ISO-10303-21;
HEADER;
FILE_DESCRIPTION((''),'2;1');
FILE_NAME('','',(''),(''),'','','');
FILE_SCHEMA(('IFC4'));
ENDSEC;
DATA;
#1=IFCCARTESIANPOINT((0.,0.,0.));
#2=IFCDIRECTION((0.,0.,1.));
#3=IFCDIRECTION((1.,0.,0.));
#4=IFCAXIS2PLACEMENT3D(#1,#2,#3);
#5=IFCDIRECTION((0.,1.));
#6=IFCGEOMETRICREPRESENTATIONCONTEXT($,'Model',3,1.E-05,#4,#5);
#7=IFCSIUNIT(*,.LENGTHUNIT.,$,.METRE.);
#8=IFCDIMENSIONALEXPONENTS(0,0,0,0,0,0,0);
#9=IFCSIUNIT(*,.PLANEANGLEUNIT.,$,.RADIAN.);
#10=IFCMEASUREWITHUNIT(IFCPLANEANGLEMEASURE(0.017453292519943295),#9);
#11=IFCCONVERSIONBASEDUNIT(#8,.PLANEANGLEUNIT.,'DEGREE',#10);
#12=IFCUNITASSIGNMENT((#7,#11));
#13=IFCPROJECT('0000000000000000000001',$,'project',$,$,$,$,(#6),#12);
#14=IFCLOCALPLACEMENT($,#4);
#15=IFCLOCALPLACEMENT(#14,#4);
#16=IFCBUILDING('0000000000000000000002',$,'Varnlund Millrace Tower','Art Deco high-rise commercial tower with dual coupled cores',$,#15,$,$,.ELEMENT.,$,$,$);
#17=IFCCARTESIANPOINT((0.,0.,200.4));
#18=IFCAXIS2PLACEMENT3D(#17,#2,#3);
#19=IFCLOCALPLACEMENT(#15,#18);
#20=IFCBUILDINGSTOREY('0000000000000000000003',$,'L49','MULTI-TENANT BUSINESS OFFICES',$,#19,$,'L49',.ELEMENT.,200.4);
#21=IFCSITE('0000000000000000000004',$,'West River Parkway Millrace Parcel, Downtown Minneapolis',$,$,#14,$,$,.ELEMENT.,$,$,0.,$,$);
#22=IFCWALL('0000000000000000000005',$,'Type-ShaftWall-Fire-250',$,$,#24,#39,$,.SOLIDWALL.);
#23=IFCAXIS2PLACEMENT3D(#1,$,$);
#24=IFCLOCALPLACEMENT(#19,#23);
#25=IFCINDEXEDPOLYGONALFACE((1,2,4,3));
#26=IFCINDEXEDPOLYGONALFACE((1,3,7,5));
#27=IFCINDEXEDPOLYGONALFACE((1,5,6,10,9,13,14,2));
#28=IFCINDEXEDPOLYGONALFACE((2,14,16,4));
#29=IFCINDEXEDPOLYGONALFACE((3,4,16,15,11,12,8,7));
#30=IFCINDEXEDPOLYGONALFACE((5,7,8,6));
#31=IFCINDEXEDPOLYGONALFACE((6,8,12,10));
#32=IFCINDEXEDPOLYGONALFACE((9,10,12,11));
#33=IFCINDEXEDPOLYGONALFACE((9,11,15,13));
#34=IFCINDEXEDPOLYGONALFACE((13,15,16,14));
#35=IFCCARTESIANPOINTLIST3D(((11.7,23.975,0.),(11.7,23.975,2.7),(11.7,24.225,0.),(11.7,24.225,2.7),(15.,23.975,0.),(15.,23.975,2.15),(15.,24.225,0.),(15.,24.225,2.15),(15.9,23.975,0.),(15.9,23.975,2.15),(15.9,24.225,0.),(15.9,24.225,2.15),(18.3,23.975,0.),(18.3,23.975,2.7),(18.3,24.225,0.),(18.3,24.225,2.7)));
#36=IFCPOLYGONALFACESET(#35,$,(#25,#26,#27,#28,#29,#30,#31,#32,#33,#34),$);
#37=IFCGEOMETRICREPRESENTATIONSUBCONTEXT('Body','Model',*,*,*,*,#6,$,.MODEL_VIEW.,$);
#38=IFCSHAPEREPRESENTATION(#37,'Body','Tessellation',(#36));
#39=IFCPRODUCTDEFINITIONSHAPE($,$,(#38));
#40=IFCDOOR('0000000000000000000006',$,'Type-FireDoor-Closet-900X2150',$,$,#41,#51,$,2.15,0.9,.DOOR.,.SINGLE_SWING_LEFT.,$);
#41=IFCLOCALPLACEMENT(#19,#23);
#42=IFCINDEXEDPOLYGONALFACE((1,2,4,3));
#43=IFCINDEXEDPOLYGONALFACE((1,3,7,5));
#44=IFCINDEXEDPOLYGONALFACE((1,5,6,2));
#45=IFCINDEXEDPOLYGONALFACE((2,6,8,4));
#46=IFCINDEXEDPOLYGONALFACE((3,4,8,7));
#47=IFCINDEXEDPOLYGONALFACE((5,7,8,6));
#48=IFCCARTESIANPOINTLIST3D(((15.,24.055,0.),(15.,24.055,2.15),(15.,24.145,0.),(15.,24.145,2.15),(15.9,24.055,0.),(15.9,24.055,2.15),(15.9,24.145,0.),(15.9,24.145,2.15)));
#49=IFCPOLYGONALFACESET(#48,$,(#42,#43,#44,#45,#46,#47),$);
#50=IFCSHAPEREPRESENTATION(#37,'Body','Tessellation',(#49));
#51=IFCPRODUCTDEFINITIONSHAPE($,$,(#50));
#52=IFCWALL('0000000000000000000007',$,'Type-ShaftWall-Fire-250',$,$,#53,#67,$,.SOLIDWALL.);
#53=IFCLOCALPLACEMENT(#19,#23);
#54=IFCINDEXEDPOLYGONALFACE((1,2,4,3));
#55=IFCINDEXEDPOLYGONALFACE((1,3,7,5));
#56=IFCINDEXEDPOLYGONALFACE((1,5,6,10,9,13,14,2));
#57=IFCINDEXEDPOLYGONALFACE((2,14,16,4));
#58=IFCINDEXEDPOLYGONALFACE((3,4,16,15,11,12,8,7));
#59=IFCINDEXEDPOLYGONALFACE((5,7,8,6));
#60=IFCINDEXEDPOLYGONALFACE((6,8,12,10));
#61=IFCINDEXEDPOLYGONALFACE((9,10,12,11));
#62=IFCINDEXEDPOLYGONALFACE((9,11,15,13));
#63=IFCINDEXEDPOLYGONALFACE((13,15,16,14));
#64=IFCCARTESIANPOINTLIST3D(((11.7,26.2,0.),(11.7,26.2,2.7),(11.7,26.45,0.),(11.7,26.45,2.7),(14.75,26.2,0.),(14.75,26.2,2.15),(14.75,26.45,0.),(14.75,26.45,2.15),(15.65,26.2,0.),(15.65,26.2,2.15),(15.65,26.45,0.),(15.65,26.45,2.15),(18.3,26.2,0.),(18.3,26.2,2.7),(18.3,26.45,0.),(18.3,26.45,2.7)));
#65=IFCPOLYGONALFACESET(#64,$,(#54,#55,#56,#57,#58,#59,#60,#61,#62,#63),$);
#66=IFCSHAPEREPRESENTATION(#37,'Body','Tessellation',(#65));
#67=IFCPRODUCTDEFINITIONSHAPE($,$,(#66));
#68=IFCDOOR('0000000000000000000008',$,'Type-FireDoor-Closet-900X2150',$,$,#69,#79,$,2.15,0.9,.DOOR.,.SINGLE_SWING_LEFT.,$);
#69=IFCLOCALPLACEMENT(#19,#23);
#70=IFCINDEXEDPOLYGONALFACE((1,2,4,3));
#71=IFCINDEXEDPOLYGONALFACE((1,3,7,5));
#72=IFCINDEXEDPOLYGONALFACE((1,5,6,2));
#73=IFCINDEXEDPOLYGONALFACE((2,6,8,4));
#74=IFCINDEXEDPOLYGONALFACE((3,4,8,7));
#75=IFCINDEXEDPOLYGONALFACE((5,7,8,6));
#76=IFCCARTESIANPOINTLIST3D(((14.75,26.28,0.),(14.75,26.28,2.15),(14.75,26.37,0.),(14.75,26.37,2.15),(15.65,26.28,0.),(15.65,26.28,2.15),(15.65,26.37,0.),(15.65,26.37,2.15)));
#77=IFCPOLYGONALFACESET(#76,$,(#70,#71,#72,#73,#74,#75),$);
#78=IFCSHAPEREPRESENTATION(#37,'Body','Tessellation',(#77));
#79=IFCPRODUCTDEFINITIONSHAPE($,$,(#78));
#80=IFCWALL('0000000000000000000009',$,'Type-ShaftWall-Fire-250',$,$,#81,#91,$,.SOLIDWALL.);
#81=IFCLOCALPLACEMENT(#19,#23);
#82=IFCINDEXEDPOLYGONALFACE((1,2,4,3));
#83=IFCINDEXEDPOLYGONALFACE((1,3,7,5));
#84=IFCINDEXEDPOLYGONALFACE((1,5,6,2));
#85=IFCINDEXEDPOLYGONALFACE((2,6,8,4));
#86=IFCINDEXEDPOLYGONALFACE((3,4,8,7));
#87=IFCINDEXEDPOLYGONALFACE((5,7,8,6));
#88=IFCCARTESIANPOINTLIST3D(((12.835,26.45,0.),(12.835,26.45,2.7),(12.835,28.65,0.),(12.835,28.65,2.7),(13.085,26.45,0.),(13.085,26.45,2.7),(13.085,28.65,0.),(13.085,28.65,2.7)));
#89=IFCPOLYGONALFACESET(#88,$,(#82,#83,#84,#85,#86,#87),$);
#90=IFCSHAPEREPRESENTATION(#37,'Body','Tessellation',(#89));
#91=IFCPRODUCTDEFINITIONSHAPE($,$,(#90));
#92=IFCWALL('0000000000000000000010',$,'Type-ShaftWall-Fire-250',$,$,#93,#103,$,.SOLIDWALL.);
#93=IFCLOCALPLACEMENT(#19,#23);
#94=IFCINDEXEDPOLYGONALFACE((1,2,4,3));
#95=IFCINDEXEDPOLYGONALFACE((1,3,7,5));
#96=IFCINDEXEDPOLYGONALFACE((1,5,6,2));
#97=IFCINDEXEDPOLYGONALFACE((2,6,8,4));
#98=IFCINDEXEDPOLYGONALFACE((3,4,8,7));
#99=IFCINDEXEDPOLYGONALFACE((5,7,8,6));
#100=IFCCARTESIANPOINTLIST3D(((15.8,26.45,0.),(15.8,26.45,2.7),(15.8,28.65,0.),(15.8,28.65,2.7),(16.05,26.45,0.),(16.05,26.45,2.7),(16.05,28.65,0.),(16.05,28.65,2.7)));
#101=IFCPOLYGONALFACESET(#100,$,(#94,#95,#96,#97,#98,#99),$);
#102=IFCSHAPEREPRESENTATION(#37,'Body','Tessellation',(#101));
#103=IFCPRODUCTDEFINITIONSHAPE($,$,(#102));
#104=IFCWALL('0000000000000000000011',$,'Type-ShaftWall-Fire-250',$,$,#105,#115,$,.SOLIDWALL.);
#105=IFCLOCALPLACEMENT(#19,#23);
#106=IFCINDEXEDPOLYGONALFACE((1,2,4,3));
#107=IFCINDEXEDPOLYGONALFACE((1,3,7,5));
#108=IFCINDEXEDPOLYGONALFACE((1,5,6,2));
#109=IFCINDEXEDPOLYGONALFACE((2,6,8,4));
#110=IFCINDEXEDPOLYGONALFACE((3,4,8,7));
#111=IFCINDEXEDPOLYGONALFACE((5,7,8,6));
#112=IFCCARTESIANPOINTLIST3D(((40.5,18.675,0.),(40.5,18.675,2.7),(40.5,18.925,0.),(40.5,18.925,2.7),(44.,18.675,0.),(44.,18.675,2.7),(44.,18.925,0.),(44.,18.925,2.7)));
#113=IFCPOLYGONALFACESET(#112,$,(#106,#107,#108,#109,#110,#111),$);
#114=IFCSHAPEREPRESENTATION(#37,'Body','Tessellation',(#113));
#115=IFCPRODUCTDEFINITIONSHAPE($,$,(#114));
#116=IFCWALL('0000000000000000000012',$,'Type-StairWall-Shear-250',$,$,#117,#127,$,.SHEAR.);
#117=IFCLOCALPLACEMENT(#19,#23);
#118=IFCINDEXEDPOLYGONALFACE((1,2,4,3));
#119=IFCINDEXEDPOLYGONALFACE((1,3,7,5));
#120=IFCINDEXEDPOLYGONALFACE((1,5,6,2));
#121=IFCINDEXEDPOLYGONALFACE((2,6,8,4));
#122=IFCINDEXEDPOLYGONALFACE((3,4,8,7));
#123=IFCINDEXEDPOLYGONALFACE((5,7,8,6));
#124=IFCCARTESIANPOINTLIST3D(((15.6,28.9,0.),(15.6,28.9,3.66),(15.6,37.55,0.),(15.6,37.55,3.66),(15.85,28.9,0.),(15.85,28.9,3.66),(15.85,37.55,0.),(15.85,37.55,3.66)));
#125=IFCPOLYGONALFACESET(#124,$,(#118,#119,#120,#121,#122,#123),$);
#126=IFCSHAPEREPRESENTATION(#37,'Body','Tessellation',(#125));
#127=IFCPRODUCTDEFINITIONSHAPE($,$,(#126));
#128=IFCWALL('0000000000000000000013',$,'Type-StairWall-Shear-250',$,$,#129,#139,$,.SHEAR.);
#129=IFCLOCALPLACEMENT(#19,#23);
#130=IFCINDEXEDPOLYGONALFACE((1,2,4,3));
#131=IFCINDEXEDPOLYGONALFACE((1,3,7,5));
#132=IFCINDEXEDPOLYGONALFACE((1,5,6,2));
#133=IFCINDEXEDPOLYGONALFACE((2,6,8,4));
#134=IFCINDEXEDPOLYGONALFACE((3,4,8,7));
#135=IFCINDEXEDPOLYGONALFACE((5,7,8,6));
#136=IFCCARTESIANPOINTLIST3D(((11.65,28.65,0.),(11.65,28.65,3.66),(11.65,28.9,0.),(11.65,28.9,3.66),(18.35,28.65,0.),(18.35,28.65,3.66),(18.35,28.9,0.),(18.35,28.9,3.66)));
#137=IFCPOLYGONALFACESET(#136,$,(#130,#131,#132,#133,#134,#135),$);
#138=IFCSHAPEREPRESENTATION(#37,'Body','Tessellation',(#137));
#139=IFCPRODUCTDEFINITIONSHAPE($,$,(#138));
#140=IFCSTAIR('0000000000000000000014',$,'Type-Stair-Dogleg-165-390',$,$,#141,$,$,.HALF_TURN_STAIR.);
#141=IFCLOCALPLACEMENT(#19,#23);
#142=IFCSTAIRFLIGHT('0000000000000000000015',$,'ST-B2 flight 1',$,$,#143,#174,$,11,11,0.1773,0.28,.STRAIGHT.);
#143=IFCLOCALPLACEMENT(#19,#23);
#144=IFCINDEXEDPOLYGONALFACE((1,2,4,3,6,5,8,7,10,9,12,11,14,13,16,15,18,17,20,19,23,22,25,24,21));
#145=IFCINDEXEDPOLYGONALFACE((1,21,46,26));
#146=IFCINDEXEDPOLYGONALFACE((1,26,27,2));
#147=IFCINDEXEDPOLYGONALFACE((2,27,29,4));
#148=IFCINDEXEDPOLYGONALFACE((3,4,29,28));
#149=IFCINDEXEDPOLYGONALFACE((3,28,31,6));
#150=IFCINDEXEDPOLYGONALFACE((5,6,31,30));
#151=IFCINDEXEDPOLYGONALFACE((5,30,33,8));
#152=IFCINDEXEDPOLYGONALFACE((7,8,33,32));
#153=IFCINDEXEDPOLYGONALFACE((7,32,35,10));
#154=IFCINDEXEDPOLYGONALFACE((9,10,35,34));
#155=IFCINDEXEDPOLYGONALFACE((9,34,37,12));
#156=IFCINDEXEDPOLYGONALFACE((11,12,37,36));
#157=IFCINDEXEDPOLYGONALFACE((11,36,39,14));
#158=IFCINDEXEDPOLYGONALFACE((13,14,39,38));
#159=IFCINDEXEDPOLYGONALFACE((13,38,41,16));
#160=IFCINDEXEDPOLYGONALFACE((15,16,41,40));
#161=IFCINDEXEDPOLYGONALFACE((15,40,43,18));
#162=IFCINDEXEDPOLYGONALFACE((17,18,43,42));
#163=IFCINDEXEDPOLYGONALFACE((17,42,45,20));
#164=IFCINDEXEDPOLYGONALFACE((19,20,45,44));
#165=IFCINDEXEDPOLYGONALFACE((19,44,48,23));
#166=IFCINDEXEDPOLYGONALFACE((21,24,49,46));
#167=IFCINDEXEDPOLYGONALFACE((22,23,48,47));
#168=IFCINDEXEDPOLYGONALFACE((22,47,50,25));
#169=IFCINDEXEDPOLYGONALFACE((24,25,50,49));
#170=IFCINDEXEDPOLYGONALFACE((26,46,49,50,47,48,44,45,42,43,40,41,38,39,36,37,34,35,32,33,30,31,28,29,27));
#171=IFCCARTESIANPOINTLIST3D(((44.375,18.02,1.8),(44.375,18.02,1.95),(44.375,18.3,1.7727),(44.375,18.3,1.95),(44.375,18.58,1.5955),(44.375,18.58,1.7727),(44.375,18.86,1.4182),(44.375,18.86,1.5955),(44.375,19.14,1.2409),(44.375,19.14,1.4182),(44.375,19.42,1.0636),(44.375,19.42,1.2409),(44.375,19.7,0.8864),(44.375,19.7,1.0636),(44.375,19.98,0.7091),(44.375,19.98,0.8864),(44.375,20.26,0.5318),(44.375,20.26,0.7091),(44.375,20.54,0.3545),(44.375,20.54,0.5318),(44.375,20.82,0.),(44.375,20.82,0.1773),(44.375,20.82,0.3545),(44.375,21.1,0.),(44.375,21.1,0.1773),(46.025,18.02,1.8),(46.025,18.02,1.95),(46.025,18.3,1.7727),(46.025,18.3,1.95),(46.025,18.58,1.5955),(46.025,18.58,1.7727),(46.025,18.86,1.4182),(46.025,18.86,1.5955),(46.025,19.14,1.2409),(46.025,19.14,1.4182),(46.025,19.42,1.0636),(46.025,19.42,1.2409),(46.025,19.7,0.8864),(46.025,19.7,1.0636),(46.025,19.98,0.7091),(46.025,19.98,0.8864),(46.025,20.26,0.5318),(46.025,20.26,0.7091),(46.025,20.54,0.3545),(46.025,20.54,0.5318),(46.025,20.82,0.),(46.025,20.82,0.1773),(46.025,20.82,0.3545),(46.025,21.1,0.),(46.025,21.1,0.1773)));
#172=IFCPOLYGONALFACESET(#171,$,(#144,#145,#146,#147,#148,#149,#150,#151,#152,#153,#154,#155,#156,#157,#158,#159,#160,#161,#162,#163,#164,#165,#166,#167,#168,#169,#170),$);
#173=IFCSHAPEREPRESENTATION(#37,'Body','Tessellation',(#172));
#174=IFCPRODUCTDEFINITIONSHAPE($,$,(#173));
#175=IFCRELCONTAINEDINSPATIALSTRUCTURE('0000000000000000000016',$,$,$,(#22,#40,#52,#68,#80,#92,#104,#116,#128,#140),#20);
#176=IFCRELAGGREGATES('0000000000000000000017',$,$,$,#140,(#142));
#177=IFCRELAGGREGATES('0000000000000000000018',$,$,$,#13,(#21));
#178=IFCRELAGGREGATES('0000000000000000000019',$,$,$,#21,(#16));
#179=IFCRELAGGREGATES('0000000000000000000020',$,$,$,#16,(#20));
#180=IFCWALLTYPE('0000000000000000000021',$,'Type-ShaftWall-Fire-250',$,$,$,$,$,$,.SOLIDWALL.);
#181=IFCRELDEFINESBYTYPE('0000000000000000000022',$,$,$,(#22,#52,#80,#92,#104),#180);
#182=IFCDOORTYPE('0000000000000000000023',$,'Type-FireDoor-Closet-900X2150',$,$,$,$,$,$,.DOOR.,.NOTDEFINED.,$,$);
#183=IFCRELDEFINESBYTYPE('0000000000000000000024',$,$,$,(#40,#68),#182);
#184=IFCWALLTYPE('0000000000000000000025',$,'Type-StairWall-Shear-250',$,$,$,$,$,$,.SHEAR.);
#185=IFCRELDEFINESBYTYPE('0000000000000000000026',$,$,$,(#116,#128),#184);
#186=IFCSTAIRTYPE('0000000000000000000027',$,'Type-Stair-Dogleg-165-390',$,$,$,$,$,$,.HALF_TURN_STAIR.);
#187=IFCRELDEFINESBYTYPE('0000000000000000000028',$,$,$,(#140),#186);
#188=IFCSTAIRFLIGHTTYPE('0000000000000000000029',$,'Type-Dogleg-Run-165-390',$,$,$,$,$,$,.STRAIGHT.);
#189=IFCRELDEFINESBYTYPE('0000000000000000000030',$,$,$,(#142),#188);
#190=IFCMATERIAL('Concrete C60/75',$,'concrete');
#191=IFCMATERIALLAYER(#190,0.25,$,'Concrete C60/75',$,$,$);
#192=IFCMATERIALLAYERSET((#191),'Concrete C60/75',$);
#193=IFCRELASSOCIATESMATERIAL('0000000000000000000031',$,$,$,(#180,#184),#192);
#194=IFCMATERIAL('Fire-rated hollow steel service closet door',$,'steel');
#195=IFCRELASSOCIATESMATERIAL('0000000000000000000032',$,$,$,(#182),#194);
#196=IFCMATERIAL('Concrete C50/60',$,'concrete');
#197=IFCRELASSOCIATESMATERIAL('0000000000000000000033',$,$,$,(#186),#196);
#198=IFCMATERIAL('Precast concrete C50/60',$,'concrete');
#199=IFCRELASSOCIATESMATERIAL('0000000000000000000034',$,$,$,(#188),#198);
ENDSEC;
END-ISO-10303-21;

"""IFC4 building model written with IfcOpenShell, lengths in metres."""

from ifc_helpers import new_model, entity, si_unit, converted_unit, direction, frame, origin_with_axes, origin_2d_with_axis, place, context, subcontext, project, spatial, polyline, rectangle, outline, extrude, material, layer, layer_set, type_object, element, fill, aggregate, save


model = new_model("IFC4")

# Units and contexts
model_context = context("Model", 3, precision=1e-05, world=origin_with_axes(), true_north=direction((0.0, 1.0)))
body_context = subcontext(model_context, "Body", "Model", "MODEL_VIEW")
ifc_project = project(units=[si_unit("LENGTHUNIT", "METRE"), converted_unit("PLANEANGLEUNIT", "DEGREE", entity("IfcPlaneAngleMeasure", 0.017453292519943295), si_unit("PLANEANGLEUNIT", "RADIAN"), dimensions=[0, 0, 0, 0, 0, 0, 0])], contexts=[model_context])

# Site, building, storey
site_placement = place(None, origin_with_axes())
site = spatial("IfcSite", under=ifc_project, at=site_placement, Name="West River Parkway Millrace Parcel, Downtown Minneapolis", CompositionType="ELEMENT", RefElevation=0.0)
building_placement = place(site_placement, origin_with_axes())
building = spatial("IfcBuilding", under=site, at=building_placement, Name="Varnlund Millrace Tower", Description="Art Deco high-rise commercial tower with dual coupled cores", CompositionType="ELEMENT")
storey_placement = place(building_placement, frame((0.0, 0.0, 200.4), z_axis=(0.0, 0.0, 1.0), x_axis=(1.0, 0.0, 0.0)))
storey = spatial("IfcBuildingStorey", under=building, at=storey_placement, Name="L49", Description="MULTI-TENANT BUSINESS OFFICES", LongName="L49", CompositionType="ELEMENT", Elevation=200.4)

# Shared definitions
ifc_material_1 = material(Name="Concrete C60/75", Category="concrete")
ifc_layer_1 = layer(ifc_material_1, 0.25, Name="Concrete C60/75")
ifc_layer_set_1 = layer_set([ifc_layer_1], Name="Concrete C60/75")
wall_type_1 = type_object("IfcWallType", Name="Type-ShaftWall-Fire-250", PredefinedType="SOLIDWALL", material=ifc_layer_set_1)

# Walls, openings, doors
wall_1_placement = place(storey_placement, frame((11.7, 24.1, 0.0), z_axis=(0.0, 0.0, 1.0), x_axis=(1.0, 0.0, 0.0)))
wall_1 = element("IfcWall", 1, at=wall_1_placement, inside=storey, type_object=wall_type_1, Name="Type-ShaftWall-Fire-250", PredefinedType="SOLIDWALL", context=body_context, shape_type="SweptSolid", body=[
    extrude(outline(polyline([(0.0, -0.125), (6.6, -0.125), (6.6, 0.125), (0.0, 0.125), (0.0, -0.125)])), origin_with_axes(), (0.0, 0.0, 1.0), 2.7),
])
opening_1_placement = place(wall_1_placement, frame((3.75, 0.0, 0.0), z_axis=(0.0, 0.0, 1.0), x_axis=(1.0, 0.0, 0.0)))
opening_1 = element("IfcOpeningElement", 2, at=opening_1_placement, cuts=wall_1, PredefinedType="OPENING", context=body_context, shape_type="SweptSolid", body=[
    extrude(rectangle(XDim=0.9, YDim=0.27, at=origin_2d_with_axis()), origin_with_axes(), (0.0, 0.0, 1.0), 2.15),
])
ifc_material_2 = material(Name="Fire-rated hollow steel service closet door", Category="steel")
door_type_1 = type_object("IfcDoorType", Name="Type-FireDoor-Closet-900X2150", OperationType="NOTDEFINED", PredefinedType="DOOR", material=ifc_material_2)
door_1_placement = place(wall_1_placement, frame((3.75, 0.0, 0.0), z_axis=(0.0, 0.0, 1.0), x_axis=(1.0, 0.0, 0.0)))
door_1 = element("IfcDoor", 3, at=door_1_placement, inside=storey, type_object=door_type_1, Name="Type-FireDoor-Closet-900X2150", OperationType="SINGLE_SWING_LEFT", OverallHeight=2.15, OverallWidth=0.9, PredefinedType="DOOR", context=body_context, shape_type="SweptSolid", body=[
    extrude(rectangle(XDim=0.9, YDim=0.09, at=origin_2d_with_axis()), origin_with_axes(), (0.0, 0.0, 1.0), 2.15),
])
fill(opening_1, door_1)
wall_2_placement = place(storey_placement, frame((11.7, 26.325, 0.0), z_axis=(0.0, 0.0, 1.0), x_axis=(1.0, 0.0, 0.0)))
wall_2 = element("IfcWall", 4, at=wall_2_placement, inside=storey, type_object=wall_type_1, Name="Type-ShaftWall-Fire-250", PredefinedType="SOLIDWALL", context=body_context, shape_type="SweptSolid", body=[
    extrude(outline(polyline([(0.0, -0.125), (6.6, -0.125), (6.6, 0.125), (0.0, 0.125), (0.0, -0.125)])), origin_with_axes(), (0.0, 0.0, 1.0), 2.7),
])
opening_2_placement = place(wall_2_placement, frame((3.5, 0.0, 0.0), z_axis=(0.0, 0.0, 1.0), x_axis=(1.0, 0.0, 0.0)))
opening_2 = element("IfcOpeningElement", 5, at=opening_2_placement, cuts=wall_2, PredefinedType="OPENING", context=body_context, shape_type="SweptSolid", body=[
    extrude(rectangle(XDim=0.9, YDim=0.27, at=origin_2d_with_axis()), origin_with_axes(), (0.0, 0.0, 1.0), 2.15),
])
door_2_placement = place(wall_2_placement, frame((3.5, 0.0, 0.0), z_axis=(0.0, 0.0, 1.0), x_axis=(1.0, 0.0, 0.0)))
door_2 = element("IfcDoor", 6, at=door_2_placement, inside=storey, type_object=door_type_1, Name="Type-FireDoor-Closet-900X2150", OperationType="SINGLE_SWING_LEFT", OverallHeight=2.15, OverallWidth=0.9, PredefinedType="DOOR", context=body_context, shape_type="SweptSolid", body=[
    extrude(rectangle(XDim=0.9, YDim=0.09, at=origin_2d_with_axis()), origin_with_axes(), (0.0, 0.0, 1.0), 2.15),
])
fill(opening_2, door_2)

# Walls
for number, where, z_axis, x_axis, name in (
    (7, (12.96, 26.45, 0.0), (0.0, 0.0, 1.0), (0.0, 1.0, 0.0), "Type-ShaftWall-Fire-250"),
    (8, (15.925, 26.45, 0.0), (0.0, 0.0, 1.0), (0.0, 1.0, 0.0), "Type-ShaftWall-Fire-250"),
):
    element("IfcWall", number, at=place(storey_placement, frame(where, z_axis=z_axis, x_axis=x_axis)), inside=storey, type_object=wall_type_1, Name=name, PredefinedType="SOLIDWALL", context=body_context, shape_type="SweptSolid", body=[
        extrude(outline(polyline([(0.0, -0.125), (2.2, -0.125), (2.2, 0.125), (0.0, 0.125), (0.0, -0.125)])), origin_with_axes(), (0.0, 0.0, 1.0), 2.7),
    ])
wall_3_placement = place(storey_placement, frame((40.5, 18.8, 0.0), z_axis=(0.0, 0.0, 1.0), x_axis=(1.0, 0.0, 0.0)))
element("IfcWall", 9, at=wall_3_placement, inside=storey, type_object=wall_type_1, Name="Type-ShaftWall-Fire-250", PredefinedType="SOLIDWALL", context=body_context, shape_type="SweptSolid", body=[
    extrude(outline(polyline([(0.0, -0.125), (3.5, -0.125), (3.5, 0.125), (0.0, 0.125), (0.0, -0.125)])), origin_with_axes(), (0.0, 0.0, 1.0), 2.7),
])
wall_type_2 = type_object("IfcWallType", Name="Type-StairWall-Shear-250", PredefinedType="SHEAR", material=ifc_layer_set_1)
wall_4_placement = place(storey_placement, frame((15.725, 28.9, 0.0), z_axis=(0.0, 0.0, 1.0), x_axis=(0.0, 1.0, 0.0)))
element("IfcWall", 10, at=wall_4_placement, inside=storey, type_object=wall_type_2, Name="Type-StairWall-Shear-250", PredefinedType="SHEAR", context=body_context, shape_type="SweptSolid", body=[
    extrude(outline(polyline([(0.0, -0.125), (8.65, -0.125), (8.65, 0.125), (0.0, 0.125), (0.0, -0.125)])), origin_with_axes(), (0.0, 0.0, 1.0), 3.66),
])
wall_5_placement = place(storey_placement, frame((11.65, 28.775, 0.0), z_axis=(0.0, 0.0, 1.0), x_axis=(1.0, 0.0, 0.0)))
element("IfcWall", 11, at=wall_5_placement, inside=storey, type_object=wall_type_2, Name="Type-StairWall-Shear-250", PredefinedType="SHEAR", context=body_context, shape_type="SweptSolid", body=[
    extrude(outline(polyline([(0.0, -0.125), (6.7, -0.125), (6.7, 0.125), (0.0, 0.125), (0.0, -0.125)])), origin_with_axes(), (0.0, 0.0, 1.0), 3.66),
])

# Stair, stair flight
ifc_material_3 = material(Name="Concrete C50/60", Category="concrete")
stair_type_1 = type_object("IfcStairType", Name="Type-Stair-Dogleg-165-390", PredefinedType="HALF_TURN_STAIR", material=ifc_material_3)
stair_1_placement = place(storey_placement, origin_with_axes())
stair_1 = element("IfcStair", 12, at=stair_1_placement, inside=storey, type_object=stair_type_1, Name="Type-Stair-Dogleg-165-390", PredefinedType="HALF_TURN_STAIR")
ifc_material_4 = material(Name="Precast concrete C50/60", Category="concrete")
stair_flight_type_1 = type_object("IfcStairFlightType", Name="Type-Dogleg-Run-165-390", PredefinedType="STRAIGHT", material=ifc_material_4)
stair_flight_1_placement = place(storey_placement, frame((46.025, 21.1, 0.0), z_axis=(-1.0, 0.0, 0.0), x_axis=(0.0, -1.0, 0.0)))
stair_flight_1 = element("IfcStairFlight", 13, at=stair_flight_1_placement, type_object=stair_flight_type_1, Name="ST-B2 flight 1", NumberOfRisers=11, NumberOfTreads=11, PredefinedType="STRAIGHT", RiserHeight=0.1773, TreadLength=0.28, context=body_context, shape_type="SweptSolid", body=[
    extrude(outline(polyline([(0.0, 0.0), (0.0, 0.1773), (0.28, 0.1773), (0.28, 0.3545), (0.56, 0.3545), (0.56, 0.5318), (0.84, 0.5318), (0.84, 0.7091), (1.12, 0.7091), (1.12, 0.8864), (1.4, 0.8864), (1.4, 1.0636), (1.68, 1.0636), (1.68, 1.2409), (1.96, 1.2409), (1.96, 1.4182), (2.24, 1.4182), (2.24, 1.5955), (2.52, 1.5955), (2.52, 1.7727), (2.8, 1.7727), (2.8, 1.95), (3.08, 1.95), (3.08, 1.8), (0.28, 0.0), (0.0, 0.0)])), origin_with_axes(), (0.0, 0.0, 1.0), 1.65),
])
aggregate(stair_1, [stair_flight_1])

save(model, "model.ifc")
